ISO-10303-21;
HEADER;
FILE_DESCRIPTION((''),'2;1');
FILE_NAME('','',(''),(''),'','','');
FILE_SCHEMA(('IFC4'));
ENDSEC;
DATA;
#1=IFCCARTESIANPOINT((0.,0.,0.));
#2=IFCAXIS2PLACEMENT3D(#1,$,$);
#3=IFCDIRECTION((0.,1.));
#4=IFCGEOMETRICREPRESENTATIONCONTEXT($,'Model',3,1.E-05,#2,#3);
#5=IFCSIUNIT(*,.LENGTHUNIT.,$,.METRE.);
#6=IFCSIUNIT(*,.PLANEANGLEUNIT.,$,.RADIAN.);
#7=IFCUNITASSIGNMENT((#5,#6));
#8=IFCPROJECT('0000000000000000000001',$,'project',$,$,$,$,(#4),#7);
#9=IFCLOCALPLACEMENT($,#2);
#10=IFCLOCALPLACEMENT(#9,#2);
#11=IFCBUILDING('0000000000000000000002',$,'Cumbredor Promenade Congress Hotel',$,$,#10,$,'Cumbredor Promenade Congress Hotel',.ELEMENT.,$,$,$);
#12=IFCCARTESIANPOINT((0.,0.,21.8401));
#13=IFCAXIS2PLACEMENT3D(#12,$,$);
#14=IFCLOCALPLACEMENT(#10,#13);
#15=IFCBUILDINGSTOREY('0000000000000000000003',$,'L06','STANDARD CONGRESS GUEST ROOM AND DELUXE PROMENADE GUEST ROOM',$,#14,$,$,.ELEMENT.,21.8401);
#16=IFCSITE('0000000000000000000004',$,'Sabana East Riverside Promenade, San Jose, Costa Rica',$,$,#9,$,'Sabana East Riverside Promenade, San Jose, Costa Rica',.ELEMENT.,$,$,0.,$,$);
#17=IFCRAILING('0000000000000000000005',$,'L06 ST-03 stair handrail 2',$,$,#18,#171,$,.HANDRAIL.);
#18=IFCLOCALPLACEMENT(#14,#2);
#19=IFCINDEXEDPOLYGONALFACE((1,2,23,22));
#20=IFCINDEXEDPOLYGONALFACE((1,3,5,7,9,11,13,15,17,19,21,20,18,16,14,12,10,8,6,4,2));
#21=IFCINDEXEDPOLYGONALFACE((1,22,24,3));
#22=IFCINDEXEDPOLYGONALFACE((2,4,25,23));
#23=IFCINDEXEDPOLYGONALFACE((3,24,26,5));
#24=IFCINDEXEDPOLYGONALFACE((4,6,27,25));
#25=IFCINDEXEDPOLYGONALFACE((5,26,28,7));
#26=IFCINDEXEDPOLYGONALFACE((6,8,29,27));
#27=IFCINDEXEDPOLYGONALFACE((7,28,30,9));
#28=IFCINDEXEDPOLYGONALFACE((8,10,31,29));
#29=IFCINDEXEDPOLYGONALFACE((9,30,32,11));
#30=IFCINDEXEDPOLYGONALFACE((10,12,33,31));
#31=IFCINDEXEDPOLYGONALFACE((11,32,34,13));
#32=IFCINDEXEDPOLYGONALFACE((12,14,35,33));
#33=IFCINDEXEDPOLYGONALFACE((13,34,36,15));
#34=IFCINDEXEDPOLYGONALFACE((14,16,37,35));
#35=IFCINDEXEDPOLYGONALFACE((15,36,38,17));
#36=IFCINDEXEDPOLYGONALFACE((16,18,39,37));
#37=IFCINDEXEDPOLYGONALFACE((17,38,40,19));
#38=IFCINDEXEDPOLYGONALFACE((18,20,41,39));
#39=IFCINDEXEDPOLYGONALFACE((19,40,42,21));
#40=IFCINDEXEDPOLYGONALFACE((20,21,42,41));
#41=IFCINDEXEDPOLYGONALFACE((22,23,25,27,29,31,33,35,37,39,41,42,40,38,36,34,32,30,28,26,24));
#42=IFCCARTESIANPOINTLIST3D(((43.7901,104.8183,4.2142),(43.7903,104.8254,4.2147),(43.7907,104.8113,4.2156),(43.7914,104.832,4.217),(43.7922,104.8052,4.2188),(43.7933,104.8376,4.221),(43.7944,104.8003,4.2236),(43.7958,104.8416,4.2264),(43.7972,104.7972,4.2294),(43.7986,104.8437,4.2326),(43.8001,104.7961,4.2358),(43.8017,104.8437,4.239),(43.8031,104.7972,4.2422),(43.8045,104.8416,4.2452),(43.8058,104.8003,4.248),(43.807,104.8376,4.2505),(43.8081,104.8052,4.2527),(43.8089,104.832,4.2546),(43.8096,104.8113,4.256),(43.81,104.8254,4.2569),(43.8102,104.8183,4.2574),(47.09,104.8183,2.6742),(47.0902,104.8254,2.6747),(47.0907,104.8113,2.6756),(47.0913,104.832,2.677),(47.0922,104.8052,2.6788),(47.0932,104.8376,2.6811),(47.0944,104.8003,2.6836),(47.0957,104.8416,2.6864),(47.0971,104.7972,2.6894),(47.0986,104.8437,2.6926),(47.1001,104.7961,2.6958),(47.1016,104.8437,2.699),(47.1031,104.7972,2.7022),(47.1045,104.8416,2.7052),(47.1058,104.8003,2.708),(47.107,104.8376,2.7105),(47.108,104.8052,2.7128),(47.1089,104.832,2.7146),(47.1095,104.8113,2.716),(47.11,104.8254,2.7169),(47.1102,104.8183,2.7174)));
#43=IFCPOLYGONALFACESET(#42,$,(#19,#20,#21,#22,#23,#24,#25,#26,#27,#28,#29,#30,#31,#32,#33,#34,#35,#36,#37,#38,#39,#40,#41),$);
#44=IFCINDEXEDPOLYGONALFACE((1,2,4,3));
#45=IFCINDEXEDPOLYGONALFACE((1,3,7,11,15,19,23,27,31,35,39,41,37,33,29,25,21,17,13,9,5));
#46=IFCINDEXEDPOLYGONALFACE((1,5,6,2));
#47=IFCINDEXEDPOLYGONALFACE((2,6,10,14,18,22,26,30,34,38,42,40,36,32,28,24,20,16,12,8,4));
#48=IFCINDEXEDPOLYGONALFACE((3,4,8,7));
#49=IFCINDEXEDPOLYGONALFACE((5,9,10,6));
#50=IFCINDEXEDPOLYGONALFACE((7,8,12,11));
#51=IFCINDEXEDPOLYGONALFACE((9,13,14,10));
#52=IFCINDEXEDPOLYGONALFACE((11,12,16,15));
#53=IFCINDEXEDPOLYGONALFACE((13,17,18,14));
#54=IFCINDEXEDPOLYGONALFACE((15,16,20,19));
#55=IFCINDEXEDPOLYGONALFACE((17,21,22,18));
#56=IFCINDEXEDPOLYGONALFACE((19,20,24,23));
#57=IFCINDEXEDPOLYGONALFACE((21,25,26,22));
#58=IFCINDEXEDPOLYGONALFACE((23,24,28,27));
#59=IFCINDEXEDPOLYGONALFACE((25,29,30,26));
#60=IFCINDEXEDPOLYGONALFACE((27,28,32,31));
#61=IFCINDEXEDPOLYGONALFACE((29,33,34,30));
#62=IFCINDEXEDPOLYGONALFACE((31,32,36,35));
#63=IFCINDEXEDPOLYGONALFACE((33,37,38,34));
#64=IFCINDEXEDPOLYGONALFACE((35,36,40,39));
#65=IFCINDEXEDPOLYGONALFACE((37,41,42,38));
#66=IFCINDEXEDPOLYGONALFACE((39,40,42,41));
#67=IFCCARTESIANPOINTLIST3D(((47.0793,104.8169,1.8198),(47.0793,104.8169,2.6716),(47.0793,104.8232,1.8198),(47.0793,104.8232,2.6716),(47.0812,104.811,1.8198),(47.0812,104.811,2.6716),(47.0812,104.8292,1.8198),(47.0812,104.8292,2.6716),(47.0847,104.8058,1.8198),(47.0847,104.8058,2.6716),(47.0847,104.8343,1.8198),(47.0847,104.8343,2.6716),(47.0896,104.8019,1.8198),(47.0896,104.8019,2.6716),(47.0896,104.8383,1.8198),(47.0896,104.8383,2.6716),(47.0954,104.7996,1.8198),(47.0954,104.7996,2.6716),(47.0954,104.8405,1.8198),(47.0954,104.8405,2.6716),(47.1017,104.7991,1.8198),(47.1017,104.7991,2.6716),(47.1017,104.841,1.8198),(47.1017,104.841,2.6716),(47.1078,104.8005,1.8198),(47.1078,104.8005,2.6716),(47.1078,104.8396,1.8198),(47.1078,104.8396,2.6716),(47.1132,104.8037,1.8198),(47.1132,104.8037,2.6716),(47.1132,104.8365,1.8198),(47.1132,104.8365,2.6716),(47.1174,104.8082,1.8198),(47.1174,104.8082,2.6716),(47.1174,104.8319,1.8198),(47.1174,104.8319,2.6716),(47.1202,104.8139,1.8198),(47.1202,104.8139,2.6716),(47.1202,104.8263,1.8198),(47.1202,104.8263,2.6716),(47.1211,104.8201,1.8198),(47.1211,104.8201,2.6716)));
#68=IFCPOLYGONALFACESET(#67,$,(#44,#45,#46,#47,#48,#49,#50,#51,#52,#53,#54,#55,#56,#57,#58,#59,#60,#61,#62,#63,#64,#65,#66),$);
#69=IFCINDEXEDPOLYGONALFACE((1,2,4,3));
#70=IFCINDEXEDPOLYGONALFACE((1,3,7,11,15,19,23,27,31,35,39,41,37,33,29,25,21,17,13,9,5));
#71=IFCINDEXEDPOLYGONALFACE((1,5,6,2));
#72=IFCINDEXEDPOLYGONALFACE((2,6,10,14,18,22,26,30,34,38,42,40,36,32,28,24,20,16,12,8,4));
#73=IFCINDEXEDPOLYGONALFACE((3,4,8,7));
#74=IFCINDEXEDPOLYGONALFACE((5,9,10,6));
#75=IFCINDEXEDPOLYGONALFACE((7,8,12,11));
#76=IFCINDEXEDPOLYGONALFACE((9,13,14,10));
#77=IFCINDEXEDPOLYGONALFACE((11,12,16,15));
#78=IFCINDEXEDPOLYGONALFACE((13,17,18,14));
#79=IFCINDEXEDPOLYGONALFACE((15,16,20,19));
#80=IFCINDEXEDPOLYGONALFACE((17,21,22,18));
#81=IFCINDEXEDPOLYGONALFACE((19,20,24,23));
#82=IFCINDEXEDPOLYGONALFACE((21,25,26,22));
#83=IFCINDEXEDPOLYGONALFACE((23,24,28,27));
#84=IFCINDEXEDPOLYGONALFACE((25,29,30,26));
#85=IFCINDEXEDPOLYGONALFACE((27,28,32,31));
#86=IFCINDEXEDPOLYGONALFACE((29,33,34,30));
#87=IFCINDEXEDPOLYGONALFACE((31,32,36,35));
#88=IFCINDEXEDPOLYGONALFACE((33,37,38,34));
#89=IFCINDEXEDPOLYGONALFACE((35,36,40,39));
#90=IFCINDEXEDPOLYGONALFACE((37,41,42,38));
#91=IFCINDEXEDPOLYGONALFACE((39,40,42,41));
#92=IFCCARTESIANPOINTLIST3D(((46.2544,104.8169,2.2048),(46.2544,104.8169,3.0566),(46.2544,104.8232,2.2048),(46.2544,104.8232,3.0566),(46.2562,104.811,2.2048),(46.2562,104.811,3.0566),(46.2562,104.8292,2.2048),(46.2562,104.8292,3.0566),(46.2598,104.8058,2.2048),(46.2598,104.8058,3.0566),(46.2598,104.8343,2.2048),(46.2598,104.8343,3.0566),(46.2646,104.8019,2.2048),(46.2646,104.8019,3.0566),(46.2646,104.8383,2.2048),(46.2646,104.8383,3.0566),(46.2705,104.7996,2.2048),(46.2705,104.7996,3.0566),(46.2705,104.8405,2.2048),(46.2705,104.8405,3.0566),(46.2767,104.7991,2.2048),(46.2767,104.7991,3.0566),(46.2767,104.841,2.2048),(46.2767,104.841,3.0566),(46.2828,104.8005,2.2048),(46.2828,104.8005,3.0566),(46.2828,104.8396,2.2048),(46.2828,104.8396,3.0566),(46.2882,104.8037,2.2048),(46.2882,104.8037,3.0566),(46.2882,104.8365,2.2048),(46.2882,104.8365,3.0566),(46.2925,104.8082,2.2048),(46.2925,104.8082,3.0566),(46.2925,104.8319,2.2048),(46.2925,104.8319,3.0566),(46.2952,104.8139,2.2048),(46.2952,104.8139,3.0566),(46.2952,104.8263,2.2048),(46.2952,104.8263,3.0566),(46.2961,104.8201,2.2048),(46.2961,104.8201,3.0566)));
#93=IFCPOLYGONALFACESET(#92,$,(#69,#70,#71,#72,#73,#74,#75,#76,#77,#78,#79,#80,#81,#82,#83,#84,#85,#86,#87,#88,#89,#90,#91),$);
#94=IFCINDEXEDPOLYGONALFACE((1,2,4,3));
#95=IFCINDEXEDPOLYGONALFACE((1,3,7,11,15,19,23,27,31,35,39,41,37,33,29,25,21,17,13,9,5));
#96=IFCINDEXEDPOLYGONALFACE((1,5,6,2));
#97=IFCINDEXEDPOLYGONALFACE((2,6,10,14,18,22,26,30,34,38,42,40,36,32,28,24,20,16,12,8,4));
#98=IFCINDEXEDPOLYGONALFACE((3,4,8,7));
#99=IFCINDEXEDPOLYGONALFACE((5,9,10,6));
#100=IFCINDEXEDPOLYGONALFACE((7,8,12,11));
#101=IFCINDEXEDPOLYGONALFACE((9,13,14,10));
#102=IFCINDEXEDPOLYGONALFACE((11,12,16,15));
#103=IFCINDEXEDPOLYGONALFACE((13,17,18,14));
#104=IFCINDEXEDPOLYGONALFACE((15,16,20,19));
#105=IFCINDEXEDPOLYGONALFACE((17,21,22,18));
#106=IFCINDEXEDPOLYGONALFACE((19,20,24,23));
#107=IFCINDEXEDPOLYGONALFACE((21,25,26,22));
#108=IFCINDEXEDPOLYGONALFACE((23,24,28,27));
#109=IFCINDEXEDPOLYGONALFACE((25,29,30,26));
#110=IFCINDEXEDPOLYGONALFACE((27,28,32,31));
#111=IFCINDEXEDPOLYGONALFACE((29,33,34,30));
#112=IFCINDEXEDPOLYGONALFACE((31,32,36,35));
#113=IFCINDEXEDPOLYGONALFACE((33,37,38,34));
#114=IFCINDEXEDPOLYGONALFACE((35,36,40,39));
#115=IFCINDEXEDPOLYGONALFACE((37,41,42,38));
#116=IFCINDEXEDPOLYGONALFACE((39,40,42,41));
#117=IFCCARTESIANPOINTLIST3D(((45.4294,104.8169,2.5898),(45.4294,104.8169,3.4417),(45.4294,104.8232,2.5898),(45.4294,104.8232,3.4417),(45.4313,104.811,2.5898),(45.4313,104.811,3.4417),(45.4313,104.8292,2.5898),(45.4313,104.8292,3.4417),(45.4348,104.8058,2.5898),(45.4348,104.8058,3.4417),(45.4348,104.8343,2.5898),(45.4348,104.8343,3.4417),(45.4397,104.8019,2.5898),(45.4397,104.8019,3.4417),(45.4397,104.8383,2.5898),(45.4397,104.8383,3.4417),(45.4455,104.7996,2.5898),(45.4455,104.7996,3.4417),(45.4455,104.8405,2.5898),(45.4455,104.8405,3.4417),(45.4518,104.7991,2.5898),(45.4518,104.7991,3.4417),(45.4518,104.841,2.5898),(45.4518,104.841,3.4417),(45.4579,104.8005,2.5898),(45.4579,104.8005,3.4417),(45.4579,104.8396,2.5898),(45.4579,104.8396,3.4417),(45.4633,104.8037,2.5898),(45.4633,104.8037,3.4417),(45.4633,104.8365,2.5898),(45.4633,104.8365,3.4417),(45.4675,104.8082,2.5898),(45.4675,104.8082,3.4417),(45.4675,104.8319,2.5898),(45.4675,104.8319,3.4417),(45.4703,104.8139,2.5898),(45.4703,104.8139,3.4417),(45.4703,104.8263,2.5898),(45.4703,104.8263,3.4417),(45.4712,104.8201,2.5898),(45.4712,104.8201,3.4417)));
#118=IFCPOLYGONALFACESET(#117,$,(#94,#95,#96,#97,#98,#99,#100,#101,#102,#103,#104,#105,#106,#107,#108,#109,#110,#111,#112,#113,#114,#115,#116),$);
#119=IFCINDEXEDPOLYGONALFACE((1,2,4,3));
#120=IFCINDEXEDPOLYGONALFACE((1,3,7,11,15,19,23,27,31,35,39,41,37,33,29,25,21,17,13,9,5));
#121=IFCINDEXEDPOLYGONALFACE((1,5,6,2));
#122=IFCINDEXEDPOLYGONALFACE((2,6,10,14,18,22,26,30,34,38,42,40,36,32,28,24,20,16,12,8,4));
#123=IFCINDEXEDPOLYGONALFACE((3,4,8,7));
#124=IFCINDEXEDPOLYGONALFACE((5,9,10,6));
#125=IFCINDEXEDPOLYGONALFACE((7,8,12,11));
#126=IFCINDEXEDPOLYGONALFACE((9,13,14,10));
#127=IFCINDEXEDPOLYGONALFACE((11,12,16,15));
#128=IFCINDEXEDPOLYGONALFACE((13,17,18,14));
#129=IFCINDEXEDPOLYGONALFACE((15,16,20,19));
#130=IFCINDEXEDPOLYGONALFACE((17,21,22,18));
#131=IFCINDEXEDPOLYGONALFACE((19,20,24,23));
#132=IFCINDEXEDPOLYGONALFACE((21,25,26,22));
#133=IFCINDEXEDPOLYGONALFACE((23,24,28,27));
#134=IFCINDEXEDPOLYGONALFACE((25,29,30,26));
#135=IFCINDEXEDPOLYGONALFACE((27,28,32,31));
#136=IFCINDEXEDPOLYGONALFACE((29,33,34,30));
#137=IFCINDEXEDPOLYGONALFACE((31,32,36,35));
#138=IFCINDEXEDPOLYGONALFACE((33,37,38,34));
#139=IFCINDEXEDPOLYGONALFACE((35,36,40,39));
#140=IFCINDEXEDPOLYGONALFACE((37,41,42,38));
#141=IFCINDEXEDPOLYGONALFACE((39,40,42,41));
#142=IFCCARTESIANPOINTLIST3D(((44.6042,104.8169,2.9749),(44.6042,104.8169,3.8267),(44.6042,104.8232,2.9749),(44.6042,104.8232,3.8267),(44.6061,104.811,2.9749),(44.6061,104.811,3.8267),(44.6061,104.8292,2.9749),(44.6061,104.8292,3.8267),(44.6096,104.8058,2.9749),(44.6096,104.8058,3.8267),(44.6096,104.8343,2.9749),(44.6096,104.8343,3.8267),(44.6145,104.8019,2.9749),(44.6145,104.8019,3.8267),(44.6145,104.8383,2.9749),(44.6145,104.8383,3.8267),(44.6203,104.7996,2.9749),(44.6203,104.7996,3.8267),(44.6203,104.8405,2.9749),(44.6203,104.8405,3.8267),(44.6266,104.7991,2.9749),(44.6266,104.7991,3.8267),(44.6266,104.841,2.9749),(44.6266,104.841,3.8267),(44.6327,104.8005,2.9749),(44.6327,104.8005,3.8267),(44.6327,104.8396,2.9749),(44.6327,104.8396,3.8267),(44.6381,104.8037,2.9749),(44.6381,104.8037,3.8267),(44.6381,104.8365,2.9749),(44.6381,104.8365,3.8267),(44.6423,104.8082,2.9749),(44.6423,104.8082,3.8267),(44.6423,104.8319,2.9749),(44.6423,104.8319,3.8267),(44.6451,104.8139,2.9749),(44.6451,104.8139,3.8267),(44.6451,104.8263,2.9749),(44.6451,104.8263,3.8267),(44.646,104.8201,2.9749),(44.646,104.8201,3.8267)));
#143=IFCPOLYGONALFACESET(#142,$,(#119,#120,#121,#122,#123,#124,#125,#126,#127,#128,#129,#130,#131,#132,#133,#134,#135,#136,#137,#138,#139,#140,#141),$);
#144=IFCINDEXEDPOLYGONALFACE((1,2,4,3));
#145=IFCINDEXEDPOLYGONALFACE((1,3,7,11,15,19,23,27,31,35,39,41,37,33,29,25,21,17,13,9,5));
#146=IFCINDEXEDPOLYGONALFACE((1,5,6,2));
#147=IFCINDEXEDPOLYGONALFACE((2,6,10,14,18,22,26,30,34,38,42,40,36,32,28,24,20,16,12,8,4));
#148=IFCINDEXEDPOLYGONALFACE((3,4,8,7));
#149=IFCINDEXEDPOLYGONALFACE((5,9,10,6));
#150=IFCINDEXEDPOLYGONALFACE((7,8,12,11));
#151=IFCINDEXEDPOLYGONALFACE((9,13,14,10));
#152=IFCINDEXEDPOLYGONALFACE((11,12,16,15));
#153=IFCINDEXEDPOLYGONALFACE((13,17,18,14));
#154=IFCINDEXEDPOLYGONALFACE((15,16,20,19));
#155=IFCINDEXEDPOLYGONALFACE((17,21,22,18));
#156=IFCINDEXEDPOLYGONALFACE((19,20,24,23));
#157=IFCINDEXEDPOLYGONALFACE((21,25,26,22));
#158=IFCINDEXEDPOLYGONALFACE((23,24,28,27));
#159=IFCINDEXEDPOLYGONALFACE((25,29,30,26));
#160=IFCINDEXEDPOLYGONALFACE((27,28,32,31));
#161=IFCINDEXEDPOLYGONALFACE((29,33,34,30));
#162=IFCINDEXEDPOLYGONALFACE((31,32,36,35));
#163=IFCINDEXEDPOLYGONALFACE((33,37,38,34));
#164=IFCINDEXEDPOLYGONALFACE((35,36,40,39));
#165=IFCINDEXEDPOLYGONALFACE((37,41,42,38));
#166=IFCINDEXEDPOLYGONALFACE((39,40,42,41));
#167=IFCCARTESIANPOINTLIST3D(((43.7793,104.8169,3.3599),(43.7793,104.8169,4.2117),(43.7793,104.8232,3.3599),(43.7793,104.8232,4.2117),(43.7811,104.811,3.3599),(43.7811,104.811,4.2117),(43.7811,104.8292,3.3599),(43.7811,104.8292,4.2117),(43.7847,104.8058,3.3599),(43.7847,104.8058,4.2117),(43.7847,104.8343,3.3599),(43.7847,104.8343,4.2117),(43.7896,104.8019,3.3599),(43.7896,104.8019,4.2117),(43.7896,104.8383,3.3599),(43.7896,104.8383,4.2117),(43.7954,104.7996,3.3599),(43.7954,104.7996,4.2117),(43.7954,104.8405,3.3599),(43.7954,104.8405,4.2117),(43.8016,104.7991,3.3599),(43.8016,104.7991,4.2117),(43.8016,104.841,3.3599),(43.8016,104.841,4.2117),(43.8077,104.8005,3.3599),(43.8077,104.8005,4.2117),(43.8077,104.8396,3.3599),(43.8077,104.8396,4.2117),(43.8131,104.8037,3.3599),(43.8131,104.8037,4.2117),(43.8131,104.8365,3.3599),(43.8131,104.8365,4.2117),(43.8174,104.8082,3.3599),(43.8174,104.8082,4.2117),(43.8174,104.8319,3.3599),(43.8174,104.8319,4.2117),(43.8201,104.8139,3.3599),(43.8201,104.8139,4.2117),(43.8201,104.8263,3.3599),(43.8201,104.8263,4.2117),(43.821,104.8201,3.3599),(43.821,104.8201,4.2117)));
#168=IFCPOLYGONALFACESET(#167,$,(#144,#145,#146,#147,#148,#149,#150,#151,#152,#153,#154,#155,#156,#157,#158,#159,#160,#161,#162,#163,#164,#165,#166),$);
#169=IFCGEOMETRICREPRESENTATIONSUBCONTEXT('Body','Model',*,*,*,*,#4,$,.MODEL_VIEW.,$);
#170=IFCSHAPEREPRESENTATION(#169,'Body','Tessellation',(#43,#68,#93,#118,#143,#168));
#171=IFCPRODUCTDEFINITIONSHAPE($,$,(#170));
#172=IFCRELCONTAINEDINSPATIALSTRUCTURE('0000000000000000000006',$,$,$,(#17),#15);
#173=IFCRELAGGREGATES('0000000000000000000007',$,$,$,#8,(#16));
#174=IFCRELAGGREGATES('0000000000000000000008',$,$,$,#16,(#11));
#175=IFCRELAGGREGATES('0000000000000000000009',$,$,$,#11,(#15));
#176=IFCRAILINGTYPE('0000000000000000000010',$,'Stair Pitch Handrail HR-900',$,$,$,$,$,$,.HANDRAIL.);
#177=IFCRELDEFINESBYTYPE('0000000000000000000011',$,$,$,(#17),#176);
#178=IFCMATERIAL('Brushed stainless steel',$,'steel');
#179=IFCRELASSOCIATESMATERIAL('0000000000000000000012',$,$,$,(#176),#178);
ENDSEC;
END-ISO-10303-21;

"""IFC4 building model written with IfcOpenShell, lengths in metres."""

from ifc_helpers import new_model, si_unit, direction, frame, origin, origin_2d, place, context, subcontext, project, spatial, circle, extrude, material, type_object, element, save


model = new_model("IFC4")

# Units and contexts
model_context = context("Model", 3, precision=1e-05, world=origin(), true_north=direction((0.0, 1.0)))
body_context = subcontext(model_context, "Body", "Model", "MODEL_VIEW")
ifc_project = project(units=[si_unit("LENGTHUNIT", "METRE"), si_unit("PLANEANGLEUNIT", "RADIAN")], contexts=[model_context])

# Site, building, storey
site_placement = place(None, origin())
site = spatial("IfcSite", under=ifc_project, at=site_placement, Name="Sabana East Riverside Promenade, San Jose, Costa Rica", LongName="Sabana East Riverside Promenade, San Jose, Costa Rica", CompositionType="ELEMENT", RefElevation=0.0)
building_placement = place(site_placement, origin())
building = spatial("IfcBuilding", under=site, at=building_placement, Name="Cumbredor Promenade Congress Hotel", LongName="Cumbredor Promenade Congress Hotel", CompositionType="ELEMENT")
storey_placement = place(building_placement, frame((0.0, 0.0, 21.8401)))
storey = spatial("IfcBuildingStorey", under=building, at=storey_placement, Name="L06", Description="STANDARD CONGRESS GUEST ROOM AND DELUXE PROMENADE GUEST ROOM", CompositionType="ELEMENT", Elevation=21.8401)

# Railing
ifc_material_1 = material(Name="Brushed stainless steel", Category="steel")
railing_type_1 = type_object("IfcRailingType", Name="Stair Pitch Handrail HR-900", PredefinedType="HANDRAIL", material=ifc_material_1)
railing_1_placement = place(storey_placement, frame((47.1001, 104.8201, 1.8198)))
element("IfcRailing", 1, at=railing_1_placement, inside=storey, type_object=railing_type_1, Name="L06 ST-03 stair handrail 2", PredefinedType="HANDRAIL", context=body_context, shape_type="SweptSolid", body=[
    extrude(circle(Radius=0.0239, at=origin_2d()), frame((0.0, 0.0, 0.876), z_axis=(-0.906181, 0.0, 0.422889), x_axis=(0.0, -1.0, 0.0)), (0.0, 0.0, 1.0), 3.6416),
    extrude(circle(Radius=0.021, at=origin_2d()), origin(), (0.0, 0.0, 1.0), 0.8518),
    extrude(circle(Radius=0.021, at=origin_2d()), frame((-0.825, 0.0, 0.385)), (0.0, 0.0, 1.0), 0.8518),
    extrude(circle(Radius=0.021, at=origin_2d()), frame((-1.6499, 0.0, 0.77)), (0.0, 0.0, 1.0), 0.8518),
    extrude(circle(Radius=0.021, at=origin_2d()), frame((-2.4751, 0.0, 1.155)), (0.0, 0.0, 1.0), 0.8518),
    extrude(circle(Radius=0.021, at=origin_2d()), frame((-3.3, 0.0, 1.54)), (0.0, 0.0, 1.0), 0.8518),
])

save(model, "model.ifc")
